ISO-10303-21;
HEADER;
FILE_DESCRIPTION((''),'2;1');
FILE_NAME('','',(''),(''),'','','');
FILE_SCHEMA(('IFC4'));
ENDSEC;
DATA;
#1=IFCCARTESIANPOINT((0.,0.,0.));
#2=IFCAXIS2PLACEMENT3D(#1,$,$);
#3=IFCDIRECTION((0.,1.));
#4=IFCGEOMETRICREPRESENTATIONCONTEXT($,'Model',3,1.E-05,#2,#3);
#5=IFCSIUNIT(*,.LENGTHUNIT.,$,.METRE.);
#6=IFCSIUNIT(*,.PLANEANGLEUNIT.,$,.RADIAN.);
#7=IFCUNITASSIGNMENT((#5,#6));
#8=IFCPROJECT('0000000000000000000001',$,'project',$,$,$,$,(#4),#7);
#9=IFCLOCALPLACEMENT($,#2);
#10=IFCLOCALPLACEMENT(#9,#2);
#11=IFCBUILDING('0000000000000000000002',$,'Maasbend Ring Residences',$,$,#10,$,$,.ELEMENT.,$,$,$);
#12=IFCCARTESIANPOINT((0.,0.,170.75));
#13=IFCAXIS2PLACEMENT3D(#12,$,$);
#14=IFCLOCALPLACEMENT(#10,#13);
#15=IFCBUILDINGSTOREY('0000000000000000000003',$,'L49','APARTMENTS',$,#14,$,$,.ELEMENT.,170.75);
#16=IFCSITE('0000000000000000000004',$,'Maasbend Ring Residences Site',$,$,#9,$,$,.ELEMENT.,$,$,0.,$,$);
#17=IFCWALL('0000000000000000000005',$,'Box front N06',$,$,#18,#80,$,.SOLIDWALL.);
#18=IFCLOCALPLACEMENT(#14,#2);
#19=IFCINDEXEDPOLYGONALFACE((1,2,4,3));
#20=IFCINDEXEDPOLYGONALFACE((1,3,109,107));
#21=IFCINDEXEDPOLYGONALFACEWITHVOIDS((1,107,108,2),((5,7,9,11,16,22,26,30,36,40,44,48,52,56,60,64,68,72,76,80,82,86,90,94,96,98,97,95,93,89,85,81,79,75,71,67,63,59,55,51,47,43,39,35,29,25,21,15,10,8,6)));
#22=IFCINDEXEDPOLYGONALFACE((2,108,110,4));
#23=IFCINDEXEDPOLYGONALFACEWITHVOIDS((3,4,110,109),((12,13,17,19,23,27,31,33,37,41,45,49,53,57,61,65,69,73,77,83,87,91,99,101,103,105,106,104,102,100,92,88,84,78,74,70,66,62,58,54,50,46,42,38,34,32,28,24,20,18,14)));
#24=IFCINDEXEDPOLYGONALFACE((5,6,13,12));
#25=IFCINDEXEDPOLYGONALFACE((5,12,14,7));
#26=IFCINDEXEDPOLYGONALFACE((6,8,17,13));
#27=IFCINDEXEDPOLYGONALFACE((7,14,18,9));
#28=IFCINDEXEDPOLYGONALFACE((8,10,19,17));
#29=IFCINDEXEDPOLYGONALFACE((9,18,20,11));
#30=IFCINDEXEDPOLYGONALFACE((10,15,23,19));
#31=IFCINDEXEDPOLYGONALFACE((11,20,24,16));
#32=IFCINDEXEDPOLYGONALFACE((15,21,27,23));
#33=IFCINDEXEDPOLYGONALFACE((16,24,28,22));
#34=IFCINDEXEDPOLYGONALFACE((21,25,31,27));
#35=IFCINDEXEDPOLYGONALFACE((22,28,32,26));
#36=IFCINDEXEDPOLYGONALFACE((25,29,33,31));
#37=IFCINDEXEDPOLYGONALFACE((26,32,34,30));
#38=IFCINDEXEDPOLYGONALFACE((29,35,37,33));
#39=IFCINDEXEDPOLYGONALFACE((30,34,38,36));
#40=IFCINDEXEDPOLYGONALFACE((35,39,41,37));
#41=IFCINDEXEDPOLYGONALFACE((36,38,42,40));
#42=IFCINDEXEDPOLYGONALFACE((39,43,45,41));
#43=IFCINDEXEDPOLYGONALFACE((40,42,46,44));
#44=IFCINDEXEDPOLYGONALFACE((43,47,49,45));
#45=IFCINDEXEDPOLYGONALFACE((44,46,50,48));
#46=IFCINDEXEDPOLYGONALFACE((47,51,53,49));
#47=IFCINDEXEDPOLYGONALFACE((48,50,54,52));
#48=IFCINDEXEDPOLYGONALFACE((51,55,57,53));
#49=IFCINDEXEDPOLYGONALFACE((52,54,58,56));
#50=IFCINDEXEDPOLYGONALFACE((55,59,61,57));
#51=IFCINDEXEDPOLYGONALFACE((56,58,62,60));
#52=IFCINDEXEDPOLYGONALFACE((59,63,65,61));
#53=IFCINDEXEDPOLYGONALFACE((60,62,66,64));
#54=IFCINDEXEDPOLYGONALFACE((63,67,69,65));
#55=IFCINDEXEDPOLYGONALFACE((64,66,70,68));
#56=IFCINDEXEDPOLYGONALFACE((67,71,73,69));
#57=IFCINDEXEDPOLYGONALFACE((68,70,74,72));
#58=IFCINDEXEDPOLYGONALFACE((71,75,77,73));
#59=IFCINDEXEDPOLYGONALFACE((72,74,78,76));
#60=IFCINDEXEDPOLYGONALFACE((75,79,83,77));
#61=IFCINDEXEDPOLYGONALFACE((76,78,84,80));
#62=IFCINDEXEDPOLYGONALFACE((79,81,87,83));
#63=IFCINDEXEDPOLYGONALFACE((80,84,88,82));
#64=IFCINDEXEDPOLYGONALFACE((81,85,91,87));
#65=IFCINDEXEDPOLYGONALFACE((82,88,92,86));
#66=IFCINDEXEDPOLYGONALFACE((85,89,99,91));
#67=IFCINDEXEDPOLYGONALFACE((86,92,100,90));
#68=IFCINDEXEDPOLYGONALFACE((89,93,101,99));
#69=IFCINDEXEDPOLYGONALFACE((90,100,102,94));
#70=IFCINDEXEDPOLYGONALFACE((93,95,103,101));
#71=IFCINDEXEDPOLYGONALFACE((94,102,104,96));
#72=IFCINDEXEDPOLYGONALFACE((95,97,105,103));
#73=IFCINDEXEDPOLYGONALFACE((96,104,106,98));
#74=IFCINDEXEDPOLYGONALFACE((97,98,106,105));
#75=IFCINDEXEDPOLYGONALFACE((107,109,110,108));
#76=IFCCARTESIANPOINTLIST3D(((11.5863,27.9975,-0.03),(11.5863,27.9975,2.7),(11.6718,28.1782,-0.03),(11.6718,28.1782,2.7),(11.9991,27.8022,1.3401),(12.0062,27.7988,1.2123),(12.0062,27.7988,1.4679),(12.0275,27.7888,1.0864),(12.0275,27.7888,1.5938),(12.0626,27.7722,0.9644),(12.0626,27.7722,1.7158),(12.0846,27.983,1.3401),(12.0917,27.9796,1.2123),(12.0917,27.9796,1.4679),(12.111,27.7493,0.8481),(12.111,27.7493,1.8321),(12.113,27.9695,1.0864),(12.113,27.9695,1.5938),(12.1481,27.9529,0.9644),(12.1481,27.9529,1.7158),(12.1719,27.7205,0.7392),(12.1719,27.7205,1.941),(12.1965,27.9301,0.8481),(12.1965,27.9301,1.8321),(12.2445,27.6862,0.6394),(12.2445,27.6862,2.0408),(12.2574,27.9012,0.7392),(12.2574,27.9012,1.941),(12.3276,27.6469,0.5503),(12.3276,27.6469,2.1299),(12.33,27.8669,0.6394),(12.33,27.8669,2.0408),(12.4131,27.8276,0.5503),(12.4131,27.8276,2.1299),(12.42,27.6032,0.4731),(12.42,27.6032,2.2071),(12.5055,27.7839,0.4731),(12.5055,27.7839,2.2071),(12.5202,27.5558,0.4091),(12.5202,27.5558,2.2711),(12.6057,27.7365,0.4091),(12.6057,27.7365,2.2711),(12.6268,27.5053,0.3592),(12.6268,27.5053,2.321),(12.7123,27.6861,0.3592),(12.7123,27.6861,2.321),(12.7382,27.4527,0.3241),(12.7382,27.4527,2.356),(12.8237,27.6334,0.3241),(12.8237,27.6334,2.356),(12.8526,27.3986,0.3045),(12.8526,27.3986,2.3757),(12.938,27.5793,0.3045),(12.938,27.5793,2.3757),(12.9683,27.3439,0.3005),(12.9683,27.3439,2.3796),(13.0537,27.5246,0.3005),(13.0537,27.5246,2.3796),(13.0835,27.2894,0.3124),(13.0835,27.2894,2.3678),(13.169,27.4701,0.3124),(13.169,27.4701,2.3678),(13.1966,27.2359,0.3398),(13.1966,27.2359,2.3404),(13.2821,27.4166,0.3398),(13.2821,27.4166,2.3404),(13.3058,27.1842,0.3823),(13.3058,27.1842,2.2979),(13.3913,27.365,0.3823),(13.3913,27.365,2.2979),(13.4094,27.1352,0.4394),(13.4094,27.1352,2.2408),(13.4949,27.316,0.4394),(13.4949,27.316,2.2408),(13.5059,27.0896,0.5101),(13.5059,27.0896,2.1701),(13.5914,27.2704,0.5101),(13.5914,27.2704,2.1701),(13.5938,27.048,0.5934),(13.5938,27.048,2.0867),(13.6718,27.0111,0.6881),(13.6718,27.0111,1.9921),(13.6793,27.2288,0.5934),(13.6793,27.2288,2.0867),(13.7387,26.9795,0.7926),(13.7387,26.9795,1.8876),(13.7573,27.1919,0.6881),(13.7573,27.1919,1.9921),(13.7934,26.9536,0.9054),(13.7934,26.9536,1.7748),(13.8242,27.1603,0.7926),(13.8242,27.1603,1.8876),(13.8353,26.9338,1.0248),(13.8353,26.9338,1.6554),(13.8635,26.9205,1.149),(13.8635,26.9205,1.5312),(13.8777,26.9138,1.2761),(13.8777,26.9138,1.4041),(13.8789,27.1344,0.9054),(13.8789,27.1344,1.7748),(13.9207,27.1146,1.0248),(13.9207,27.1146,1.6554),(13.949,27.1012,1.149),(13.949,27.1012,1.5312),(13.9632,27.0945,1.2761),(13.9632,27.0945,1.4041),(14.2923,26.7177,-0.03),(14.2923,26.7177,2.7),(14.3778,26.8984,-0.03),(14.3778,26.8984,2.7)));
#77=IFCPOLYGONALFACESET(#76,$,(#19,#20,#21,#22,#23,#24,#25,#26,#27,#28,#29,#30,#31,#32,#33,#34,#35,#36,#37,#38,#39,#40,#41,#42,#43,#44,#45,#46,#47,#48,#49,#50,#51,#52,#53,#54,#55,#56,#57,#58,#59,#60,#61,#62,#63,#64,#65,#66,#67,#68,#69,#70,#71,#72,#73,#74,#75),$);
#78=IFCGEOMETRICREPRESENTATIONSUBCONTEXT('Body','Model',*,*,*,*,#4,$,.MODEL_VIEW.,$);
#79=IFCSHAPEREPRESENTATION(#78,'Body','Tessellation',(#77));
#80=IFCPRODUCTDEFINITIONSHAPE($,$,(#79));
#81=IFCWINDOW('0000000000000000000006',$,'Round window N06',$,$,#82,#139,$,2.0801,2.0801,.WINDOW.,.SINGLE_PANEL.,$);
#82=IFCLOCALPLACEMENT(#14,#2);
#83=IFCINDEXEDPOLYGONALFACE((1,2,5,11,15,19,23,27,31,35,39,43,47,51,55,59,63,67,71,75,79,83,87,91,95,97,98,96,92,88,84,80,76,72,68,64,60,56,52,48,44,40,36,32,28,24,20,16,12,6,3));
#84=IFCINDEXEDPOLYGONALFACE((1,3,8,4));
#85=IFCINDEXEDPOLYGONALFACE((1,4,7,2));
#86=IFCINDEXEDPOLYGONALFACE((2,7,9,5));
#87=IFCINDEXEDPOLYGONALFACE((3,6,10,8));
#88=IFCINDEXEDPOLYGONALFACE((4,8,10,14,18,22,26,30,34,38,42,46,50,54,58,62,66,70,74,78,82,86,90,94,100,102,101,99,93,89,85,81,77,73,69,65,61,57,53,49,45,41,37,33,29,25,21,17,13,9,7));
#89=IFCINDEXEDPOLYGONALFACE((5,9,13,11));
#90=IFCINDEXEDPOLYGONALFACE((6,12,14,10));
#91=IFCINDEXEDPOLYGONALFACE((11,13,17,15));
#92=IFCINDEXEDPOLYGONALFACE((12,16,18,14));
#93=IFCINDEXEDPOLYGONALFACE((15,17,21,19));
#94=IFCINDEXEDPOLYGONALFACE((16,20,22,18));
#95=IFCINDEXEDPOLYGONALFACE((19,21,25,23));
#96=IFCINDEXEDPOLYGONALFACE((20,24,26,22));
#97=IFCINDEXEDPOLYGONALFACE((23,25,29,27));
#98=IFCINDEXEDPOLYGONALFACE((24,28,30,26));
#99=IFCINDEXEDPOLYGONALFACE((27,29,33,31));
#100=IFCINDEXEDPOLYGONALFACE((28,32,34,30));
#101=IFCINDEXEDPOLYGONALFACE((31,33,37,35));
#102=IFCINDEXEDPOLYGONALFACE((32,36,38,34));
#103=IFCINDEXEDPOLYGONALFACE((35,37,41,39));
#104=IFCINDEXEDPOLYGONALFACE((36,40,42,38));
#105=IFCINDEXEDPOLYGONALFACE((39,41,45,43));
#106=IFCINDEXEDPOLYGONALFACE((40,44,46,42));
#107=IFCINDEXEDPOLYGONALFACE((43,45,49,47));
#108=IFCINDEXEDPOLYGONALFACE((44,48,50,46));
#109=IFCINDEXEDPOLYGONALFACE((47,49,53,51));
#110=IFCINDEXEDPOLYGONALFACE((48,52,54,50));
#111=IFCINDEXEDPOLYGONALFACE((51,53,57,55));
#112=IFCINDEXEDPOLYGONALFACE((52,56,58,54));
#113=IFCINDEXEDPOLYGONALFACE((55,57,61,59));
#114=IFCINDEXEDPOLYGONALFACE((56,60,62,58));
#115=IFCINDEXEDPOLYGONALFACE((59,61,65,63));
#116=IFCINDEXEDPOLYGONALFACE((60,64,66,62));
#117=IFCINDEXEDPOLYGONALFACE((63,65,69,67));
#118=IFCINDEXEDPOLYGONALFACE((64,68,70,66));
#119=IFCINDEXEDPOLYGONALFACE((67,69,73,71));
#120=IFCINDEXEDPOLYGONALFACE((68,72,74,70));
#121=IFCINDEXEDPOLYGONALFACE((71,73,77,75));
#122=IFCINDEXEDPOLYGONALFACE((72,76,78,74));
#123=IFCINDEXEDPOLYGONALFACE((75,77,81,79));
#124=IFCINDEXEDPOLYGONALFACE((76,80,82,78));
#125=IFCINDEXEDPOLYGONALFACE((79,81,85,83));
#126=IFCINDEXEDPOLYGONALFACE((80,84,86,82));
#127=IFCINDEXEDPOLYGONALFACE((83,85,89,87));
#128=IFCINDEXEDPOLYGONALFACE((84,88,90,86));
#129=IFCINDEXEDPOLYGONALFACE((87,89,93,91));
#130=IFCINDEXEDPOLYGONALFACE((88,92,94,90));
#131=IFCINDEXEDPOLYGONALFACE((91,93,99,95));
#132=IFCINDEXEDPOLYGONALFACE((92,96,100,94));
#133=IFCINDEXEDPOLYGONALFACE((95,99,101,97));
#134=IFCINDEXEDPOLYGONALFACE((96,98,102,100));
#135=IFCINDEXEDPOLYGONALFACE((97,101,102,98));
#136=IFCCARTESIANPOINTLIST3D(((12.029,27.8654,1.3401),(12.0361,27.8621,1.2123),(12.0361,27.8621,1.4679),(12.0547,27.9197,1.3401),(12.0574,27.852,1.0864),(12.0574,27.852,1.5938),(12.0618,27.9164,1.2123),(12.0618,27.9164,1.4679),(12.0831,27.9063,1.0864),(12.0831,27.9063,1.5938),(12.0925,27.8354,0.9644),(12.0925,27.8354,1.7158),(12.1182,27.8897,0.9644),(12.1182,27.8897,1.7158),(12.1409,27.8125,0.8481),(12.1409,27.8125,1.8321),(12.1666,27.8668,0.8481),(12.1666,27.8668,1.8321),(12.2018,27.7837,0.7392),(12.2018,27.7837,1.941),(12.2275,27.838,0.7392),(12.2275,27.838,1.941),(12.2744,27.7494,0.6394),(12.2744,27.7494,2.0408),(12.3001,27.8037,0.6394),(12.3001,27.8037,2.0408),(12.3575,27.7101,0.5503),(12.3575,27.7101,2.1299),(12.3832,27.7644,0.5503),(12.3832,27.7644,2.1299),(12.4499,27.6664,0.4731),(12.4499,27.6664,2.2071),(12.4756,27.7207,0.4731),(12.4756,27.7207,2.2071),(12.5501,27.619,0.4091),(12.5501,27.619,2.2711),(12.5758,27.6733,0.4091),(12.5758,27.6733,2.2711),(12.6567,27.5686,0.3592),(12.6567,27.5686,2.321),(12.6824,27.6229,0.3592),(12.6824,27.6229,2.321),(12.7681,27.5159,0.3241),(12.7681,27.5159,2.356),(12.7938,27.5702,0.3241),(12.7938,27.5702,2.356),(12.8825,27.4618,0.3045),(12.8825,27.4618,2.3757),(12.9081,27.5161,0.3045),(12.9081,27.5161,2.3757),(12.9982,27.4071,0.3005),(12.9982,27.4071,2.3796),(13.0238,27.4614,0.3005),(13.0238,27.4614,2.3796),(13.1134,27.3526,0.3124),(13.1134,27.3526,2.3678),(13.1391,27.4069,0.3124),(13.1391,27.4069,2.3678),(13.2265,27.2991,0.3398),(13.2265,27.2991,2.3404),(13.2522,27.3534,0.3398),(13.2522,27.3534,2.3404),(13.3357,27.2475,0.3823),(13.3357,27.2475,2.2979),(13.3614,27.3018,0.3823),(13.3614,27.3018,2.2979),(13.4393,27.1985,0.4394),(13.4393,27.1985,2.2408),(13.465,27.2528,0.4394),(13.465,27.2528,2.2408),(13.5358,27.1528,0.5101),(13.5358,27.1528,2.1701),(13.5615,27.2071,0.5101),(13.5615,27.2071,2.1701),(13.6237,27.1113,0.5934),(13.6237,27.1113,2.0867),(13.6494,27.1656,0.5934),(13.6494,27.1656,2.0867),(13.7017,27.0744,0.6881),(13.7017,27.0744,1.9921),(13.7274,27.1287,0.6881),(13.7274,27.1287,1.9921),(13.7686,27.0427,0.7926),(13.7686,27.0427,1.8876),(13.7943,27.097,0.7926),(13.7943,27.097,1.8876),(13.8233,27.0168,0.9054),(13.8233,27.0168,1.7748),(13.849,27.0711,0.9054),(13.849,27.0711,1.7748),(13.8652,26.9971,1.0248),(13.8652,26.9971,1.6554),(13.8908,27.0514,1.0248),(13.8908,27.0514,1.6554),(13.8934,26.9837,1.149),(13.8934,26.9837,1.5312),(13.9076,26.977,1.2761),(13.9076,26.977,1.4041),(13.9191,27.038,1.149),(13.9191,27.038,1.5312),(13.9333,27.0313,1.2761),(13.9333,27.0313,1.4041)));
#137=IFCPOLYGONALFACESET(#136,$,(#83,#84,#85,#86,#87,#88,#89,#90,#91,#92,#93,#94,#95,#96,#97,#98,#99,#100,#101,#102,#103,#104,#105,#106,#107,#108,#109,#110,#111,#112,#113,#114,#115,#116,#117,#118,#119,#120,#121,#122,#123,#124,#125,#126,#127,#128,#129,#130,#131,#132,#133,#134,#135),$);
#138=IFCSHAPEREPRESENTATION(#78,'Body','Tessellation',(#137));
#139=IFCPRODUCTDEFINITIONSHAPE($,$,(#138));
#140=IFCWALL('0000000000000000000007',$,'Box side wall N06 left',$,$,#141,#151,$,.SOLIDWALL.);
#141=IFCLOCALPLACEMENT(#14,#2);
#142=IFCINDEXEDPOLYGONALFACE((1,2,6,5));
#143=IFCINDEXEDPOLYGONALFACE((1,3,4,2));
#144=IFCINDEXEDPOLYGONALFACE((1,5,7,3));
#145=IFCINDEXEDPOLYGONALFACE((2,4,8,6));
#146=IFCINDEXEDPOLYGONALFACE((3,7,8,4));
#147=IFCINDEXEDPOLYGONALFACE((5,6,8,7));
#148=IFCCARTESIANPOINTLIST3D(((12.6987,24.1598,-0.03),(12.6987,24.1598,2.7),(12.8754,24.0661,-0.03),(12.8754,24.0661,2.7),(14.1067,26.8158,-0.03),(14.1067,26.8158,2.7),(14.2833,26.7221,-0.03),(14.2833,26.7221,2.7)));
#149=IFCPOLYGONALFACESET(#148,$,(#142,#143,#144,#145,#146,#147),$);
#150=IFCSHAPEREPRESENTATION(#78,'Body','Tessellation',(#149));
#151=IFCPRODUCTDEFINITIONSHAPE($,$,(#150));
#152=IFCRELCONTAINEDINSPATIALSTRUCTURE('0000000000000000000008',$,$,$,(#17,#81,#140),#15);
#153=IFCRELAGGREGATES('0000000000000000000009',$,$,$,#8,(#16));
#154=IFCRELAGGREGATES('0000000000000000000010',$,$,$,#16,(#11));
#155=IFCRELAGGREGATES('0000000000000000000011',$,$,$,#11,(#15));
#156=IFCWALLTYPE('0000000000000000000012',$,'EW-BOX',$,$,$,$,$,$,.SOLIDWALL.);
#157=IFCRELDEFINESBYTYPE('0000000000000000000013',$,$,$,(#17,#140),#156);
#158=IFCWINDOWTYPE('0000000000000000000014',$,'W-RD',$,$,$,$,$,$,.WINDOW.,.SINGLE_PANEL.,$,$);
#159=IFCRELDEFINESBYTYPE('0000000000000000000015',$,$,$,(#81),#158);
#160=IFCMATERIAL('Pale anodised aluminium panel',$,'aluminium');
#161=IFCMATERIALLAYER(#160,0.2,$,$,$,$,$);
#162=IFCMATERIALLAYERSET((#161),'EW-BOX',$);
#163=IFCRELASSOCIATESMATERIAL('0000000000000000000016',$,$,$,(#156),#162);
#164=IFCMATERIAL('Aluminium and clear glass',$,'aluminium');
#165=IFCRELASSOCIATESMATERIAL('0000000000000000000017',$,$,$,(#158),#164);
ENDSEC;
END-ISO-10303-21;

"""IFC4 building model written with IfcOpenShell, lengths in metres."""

from ifc_helpers import new_model, si_unit, direction, frame, frame_2d, origin, place, context, subcontext, project, spatial, rectangle, circle, extrude, material, layer, layer_set, type_object, element, fill, save


model = new_model("IFC4")

# Units and contexts
model_context = context("Model", 3, precision=1e-05, world=origin(), true_north=direction((0.0, 1.0)))
body_context = subcontext(model_context, "Body", "Model", "MODEL_VIEW")
ifc_project = project(units=[si_unit("LENGTHUNIT", "METRE"), si_unit("PLANEANGLEUNIT", "RADIAN")], contexts=[model_context])

# Site, building, storey
site_placement = place(None, origin())
site = spatial("IfcSite", under=ifc_project, at=site_placement, Name="Maasbend Ring Residences Site", CompositionType="ELEMENT", RefElevation=0.0)
building_placement = place(site_placement, origin())
building = spatial("IfcBuilding", under=site, at=building_placement, Name="Maasbend Ring Residences", CompositionType="ELEMENT")
storey_placement = place(building_placement, frame((0.0, 0.0, 170.75)))
storey = spatial("IfcBuildingStorey", under=building, at=storey_placement, Name="L49", Description="APARTMENTS", CompositionType="ELEMENT", Elevation=170.75)

# Shared definitions
ifc_material_1 = material(Name="Pale anodised aluminium panel", Category="aluminium")
ifc_layer_1 = layer(ifc_material_1, 0.2)
ifc_layer_set_1 = layer_set([ifc_layer_1], Name="EW-BOX")
wall_type_1 = type_object("IfcWallType", Name="EW-BOX", PredefinedType="SOLIDWALL", material=ifc_layer_set_1)
ifc_material_2 = material(Name="Aluminium and clear glass", Category="aluminium")
window_type_1 = type_object("IfcWindowType", Name="W-RD", PartitioningType="SINGLE_PANEL", PredefinedType="WINDOW", material=ifc_material_2)

# Wall, opening, window
wall_1_placement = place(storey_placement, frame((14.335, 26.8081, -0.03), z_axis=(0.0, 0.0, 1.0), x_axis=(-0.904, 0.427532, 0.0)))
wall_1 = element("IfcWall", 1, at=wall_1_placement, inside=storey, type_object=wall_type_1, Name="Box front N06", PredefinedType="SOLIDWALL", context=body_context, shape_type="SweptSolid", body=[
    extrude(rectangle(XDim=2.9934, YDim=0.2, at=frame_2d((1.4966, 0.0))), origin(), (0.0, 0.0, 1.0), 2.73),
])
opening_1_placement = place(wall_1_placement, frame((0.4565, 0.0, 0.3301)))
opening_1 = element("IfcOpeningElement", 2, at=opening_1_placement, cuts=wall_1, PredefinedType="OPENING", context=body_context, shape_type="SweptSolid", body=[
    extrude(circle(Radius=1.04, at=frame_2d((1.04, 1.04))), frame((0.0, 0.1099, 0.0), z_axis=(0.0, -1.0, 0.0), x_axis=(1.0, 0.0, 0.0)), (0.0, 0.0, 1.0), 0.22),
])
window_1_placement = place(opening_1_placement, origin())
window_1 = element("IfcWindow", 3, at=window_1_placement, inside=storey, type_object=window_type_1, Name="Round window N06", OverallHeight=2.0801, OverallWidth=2.0801, PartitioningType="SINGLE_PANEL", PredefinedType="WINDOW", context=body_context, shape_type="SweptSolid", body=[
    extrude(circle(Radius=1.04, at=frame_2d((1.04, 1.04))), frame((0.0, 0.03, 0.0), z_axis=(0.0, -1.0, 0.0), x_axis=(1.0, 0.0, 0.0)), (0.0, 0.0, 1.0), 0.0601),
])
fill(opening_1, window_1)

# Wall
wall_2_placement = place(storey_placement, frame((12.7871, 24.113, -0.03), z_axis=(0.0, 0.0, 1.0), x_axis=(0.468365, 0.883535, 0.0)))
element("IfcWall", 4, at=wall_2_placement, inside=storey, type_object=wall_type_1, Name="Box side wall N06 left", PredefinedType="SOLIDWALL", context=body_context, shape_type="SweptSolid", body=[
    extrude(rectangle(XDim=3.0061, YDim=0.2, at=frame_2d((1.5029, 0.0))), origin(), (0.0, 0.0, 1.0), 2.73),
])

save(model, "model.ifc")
